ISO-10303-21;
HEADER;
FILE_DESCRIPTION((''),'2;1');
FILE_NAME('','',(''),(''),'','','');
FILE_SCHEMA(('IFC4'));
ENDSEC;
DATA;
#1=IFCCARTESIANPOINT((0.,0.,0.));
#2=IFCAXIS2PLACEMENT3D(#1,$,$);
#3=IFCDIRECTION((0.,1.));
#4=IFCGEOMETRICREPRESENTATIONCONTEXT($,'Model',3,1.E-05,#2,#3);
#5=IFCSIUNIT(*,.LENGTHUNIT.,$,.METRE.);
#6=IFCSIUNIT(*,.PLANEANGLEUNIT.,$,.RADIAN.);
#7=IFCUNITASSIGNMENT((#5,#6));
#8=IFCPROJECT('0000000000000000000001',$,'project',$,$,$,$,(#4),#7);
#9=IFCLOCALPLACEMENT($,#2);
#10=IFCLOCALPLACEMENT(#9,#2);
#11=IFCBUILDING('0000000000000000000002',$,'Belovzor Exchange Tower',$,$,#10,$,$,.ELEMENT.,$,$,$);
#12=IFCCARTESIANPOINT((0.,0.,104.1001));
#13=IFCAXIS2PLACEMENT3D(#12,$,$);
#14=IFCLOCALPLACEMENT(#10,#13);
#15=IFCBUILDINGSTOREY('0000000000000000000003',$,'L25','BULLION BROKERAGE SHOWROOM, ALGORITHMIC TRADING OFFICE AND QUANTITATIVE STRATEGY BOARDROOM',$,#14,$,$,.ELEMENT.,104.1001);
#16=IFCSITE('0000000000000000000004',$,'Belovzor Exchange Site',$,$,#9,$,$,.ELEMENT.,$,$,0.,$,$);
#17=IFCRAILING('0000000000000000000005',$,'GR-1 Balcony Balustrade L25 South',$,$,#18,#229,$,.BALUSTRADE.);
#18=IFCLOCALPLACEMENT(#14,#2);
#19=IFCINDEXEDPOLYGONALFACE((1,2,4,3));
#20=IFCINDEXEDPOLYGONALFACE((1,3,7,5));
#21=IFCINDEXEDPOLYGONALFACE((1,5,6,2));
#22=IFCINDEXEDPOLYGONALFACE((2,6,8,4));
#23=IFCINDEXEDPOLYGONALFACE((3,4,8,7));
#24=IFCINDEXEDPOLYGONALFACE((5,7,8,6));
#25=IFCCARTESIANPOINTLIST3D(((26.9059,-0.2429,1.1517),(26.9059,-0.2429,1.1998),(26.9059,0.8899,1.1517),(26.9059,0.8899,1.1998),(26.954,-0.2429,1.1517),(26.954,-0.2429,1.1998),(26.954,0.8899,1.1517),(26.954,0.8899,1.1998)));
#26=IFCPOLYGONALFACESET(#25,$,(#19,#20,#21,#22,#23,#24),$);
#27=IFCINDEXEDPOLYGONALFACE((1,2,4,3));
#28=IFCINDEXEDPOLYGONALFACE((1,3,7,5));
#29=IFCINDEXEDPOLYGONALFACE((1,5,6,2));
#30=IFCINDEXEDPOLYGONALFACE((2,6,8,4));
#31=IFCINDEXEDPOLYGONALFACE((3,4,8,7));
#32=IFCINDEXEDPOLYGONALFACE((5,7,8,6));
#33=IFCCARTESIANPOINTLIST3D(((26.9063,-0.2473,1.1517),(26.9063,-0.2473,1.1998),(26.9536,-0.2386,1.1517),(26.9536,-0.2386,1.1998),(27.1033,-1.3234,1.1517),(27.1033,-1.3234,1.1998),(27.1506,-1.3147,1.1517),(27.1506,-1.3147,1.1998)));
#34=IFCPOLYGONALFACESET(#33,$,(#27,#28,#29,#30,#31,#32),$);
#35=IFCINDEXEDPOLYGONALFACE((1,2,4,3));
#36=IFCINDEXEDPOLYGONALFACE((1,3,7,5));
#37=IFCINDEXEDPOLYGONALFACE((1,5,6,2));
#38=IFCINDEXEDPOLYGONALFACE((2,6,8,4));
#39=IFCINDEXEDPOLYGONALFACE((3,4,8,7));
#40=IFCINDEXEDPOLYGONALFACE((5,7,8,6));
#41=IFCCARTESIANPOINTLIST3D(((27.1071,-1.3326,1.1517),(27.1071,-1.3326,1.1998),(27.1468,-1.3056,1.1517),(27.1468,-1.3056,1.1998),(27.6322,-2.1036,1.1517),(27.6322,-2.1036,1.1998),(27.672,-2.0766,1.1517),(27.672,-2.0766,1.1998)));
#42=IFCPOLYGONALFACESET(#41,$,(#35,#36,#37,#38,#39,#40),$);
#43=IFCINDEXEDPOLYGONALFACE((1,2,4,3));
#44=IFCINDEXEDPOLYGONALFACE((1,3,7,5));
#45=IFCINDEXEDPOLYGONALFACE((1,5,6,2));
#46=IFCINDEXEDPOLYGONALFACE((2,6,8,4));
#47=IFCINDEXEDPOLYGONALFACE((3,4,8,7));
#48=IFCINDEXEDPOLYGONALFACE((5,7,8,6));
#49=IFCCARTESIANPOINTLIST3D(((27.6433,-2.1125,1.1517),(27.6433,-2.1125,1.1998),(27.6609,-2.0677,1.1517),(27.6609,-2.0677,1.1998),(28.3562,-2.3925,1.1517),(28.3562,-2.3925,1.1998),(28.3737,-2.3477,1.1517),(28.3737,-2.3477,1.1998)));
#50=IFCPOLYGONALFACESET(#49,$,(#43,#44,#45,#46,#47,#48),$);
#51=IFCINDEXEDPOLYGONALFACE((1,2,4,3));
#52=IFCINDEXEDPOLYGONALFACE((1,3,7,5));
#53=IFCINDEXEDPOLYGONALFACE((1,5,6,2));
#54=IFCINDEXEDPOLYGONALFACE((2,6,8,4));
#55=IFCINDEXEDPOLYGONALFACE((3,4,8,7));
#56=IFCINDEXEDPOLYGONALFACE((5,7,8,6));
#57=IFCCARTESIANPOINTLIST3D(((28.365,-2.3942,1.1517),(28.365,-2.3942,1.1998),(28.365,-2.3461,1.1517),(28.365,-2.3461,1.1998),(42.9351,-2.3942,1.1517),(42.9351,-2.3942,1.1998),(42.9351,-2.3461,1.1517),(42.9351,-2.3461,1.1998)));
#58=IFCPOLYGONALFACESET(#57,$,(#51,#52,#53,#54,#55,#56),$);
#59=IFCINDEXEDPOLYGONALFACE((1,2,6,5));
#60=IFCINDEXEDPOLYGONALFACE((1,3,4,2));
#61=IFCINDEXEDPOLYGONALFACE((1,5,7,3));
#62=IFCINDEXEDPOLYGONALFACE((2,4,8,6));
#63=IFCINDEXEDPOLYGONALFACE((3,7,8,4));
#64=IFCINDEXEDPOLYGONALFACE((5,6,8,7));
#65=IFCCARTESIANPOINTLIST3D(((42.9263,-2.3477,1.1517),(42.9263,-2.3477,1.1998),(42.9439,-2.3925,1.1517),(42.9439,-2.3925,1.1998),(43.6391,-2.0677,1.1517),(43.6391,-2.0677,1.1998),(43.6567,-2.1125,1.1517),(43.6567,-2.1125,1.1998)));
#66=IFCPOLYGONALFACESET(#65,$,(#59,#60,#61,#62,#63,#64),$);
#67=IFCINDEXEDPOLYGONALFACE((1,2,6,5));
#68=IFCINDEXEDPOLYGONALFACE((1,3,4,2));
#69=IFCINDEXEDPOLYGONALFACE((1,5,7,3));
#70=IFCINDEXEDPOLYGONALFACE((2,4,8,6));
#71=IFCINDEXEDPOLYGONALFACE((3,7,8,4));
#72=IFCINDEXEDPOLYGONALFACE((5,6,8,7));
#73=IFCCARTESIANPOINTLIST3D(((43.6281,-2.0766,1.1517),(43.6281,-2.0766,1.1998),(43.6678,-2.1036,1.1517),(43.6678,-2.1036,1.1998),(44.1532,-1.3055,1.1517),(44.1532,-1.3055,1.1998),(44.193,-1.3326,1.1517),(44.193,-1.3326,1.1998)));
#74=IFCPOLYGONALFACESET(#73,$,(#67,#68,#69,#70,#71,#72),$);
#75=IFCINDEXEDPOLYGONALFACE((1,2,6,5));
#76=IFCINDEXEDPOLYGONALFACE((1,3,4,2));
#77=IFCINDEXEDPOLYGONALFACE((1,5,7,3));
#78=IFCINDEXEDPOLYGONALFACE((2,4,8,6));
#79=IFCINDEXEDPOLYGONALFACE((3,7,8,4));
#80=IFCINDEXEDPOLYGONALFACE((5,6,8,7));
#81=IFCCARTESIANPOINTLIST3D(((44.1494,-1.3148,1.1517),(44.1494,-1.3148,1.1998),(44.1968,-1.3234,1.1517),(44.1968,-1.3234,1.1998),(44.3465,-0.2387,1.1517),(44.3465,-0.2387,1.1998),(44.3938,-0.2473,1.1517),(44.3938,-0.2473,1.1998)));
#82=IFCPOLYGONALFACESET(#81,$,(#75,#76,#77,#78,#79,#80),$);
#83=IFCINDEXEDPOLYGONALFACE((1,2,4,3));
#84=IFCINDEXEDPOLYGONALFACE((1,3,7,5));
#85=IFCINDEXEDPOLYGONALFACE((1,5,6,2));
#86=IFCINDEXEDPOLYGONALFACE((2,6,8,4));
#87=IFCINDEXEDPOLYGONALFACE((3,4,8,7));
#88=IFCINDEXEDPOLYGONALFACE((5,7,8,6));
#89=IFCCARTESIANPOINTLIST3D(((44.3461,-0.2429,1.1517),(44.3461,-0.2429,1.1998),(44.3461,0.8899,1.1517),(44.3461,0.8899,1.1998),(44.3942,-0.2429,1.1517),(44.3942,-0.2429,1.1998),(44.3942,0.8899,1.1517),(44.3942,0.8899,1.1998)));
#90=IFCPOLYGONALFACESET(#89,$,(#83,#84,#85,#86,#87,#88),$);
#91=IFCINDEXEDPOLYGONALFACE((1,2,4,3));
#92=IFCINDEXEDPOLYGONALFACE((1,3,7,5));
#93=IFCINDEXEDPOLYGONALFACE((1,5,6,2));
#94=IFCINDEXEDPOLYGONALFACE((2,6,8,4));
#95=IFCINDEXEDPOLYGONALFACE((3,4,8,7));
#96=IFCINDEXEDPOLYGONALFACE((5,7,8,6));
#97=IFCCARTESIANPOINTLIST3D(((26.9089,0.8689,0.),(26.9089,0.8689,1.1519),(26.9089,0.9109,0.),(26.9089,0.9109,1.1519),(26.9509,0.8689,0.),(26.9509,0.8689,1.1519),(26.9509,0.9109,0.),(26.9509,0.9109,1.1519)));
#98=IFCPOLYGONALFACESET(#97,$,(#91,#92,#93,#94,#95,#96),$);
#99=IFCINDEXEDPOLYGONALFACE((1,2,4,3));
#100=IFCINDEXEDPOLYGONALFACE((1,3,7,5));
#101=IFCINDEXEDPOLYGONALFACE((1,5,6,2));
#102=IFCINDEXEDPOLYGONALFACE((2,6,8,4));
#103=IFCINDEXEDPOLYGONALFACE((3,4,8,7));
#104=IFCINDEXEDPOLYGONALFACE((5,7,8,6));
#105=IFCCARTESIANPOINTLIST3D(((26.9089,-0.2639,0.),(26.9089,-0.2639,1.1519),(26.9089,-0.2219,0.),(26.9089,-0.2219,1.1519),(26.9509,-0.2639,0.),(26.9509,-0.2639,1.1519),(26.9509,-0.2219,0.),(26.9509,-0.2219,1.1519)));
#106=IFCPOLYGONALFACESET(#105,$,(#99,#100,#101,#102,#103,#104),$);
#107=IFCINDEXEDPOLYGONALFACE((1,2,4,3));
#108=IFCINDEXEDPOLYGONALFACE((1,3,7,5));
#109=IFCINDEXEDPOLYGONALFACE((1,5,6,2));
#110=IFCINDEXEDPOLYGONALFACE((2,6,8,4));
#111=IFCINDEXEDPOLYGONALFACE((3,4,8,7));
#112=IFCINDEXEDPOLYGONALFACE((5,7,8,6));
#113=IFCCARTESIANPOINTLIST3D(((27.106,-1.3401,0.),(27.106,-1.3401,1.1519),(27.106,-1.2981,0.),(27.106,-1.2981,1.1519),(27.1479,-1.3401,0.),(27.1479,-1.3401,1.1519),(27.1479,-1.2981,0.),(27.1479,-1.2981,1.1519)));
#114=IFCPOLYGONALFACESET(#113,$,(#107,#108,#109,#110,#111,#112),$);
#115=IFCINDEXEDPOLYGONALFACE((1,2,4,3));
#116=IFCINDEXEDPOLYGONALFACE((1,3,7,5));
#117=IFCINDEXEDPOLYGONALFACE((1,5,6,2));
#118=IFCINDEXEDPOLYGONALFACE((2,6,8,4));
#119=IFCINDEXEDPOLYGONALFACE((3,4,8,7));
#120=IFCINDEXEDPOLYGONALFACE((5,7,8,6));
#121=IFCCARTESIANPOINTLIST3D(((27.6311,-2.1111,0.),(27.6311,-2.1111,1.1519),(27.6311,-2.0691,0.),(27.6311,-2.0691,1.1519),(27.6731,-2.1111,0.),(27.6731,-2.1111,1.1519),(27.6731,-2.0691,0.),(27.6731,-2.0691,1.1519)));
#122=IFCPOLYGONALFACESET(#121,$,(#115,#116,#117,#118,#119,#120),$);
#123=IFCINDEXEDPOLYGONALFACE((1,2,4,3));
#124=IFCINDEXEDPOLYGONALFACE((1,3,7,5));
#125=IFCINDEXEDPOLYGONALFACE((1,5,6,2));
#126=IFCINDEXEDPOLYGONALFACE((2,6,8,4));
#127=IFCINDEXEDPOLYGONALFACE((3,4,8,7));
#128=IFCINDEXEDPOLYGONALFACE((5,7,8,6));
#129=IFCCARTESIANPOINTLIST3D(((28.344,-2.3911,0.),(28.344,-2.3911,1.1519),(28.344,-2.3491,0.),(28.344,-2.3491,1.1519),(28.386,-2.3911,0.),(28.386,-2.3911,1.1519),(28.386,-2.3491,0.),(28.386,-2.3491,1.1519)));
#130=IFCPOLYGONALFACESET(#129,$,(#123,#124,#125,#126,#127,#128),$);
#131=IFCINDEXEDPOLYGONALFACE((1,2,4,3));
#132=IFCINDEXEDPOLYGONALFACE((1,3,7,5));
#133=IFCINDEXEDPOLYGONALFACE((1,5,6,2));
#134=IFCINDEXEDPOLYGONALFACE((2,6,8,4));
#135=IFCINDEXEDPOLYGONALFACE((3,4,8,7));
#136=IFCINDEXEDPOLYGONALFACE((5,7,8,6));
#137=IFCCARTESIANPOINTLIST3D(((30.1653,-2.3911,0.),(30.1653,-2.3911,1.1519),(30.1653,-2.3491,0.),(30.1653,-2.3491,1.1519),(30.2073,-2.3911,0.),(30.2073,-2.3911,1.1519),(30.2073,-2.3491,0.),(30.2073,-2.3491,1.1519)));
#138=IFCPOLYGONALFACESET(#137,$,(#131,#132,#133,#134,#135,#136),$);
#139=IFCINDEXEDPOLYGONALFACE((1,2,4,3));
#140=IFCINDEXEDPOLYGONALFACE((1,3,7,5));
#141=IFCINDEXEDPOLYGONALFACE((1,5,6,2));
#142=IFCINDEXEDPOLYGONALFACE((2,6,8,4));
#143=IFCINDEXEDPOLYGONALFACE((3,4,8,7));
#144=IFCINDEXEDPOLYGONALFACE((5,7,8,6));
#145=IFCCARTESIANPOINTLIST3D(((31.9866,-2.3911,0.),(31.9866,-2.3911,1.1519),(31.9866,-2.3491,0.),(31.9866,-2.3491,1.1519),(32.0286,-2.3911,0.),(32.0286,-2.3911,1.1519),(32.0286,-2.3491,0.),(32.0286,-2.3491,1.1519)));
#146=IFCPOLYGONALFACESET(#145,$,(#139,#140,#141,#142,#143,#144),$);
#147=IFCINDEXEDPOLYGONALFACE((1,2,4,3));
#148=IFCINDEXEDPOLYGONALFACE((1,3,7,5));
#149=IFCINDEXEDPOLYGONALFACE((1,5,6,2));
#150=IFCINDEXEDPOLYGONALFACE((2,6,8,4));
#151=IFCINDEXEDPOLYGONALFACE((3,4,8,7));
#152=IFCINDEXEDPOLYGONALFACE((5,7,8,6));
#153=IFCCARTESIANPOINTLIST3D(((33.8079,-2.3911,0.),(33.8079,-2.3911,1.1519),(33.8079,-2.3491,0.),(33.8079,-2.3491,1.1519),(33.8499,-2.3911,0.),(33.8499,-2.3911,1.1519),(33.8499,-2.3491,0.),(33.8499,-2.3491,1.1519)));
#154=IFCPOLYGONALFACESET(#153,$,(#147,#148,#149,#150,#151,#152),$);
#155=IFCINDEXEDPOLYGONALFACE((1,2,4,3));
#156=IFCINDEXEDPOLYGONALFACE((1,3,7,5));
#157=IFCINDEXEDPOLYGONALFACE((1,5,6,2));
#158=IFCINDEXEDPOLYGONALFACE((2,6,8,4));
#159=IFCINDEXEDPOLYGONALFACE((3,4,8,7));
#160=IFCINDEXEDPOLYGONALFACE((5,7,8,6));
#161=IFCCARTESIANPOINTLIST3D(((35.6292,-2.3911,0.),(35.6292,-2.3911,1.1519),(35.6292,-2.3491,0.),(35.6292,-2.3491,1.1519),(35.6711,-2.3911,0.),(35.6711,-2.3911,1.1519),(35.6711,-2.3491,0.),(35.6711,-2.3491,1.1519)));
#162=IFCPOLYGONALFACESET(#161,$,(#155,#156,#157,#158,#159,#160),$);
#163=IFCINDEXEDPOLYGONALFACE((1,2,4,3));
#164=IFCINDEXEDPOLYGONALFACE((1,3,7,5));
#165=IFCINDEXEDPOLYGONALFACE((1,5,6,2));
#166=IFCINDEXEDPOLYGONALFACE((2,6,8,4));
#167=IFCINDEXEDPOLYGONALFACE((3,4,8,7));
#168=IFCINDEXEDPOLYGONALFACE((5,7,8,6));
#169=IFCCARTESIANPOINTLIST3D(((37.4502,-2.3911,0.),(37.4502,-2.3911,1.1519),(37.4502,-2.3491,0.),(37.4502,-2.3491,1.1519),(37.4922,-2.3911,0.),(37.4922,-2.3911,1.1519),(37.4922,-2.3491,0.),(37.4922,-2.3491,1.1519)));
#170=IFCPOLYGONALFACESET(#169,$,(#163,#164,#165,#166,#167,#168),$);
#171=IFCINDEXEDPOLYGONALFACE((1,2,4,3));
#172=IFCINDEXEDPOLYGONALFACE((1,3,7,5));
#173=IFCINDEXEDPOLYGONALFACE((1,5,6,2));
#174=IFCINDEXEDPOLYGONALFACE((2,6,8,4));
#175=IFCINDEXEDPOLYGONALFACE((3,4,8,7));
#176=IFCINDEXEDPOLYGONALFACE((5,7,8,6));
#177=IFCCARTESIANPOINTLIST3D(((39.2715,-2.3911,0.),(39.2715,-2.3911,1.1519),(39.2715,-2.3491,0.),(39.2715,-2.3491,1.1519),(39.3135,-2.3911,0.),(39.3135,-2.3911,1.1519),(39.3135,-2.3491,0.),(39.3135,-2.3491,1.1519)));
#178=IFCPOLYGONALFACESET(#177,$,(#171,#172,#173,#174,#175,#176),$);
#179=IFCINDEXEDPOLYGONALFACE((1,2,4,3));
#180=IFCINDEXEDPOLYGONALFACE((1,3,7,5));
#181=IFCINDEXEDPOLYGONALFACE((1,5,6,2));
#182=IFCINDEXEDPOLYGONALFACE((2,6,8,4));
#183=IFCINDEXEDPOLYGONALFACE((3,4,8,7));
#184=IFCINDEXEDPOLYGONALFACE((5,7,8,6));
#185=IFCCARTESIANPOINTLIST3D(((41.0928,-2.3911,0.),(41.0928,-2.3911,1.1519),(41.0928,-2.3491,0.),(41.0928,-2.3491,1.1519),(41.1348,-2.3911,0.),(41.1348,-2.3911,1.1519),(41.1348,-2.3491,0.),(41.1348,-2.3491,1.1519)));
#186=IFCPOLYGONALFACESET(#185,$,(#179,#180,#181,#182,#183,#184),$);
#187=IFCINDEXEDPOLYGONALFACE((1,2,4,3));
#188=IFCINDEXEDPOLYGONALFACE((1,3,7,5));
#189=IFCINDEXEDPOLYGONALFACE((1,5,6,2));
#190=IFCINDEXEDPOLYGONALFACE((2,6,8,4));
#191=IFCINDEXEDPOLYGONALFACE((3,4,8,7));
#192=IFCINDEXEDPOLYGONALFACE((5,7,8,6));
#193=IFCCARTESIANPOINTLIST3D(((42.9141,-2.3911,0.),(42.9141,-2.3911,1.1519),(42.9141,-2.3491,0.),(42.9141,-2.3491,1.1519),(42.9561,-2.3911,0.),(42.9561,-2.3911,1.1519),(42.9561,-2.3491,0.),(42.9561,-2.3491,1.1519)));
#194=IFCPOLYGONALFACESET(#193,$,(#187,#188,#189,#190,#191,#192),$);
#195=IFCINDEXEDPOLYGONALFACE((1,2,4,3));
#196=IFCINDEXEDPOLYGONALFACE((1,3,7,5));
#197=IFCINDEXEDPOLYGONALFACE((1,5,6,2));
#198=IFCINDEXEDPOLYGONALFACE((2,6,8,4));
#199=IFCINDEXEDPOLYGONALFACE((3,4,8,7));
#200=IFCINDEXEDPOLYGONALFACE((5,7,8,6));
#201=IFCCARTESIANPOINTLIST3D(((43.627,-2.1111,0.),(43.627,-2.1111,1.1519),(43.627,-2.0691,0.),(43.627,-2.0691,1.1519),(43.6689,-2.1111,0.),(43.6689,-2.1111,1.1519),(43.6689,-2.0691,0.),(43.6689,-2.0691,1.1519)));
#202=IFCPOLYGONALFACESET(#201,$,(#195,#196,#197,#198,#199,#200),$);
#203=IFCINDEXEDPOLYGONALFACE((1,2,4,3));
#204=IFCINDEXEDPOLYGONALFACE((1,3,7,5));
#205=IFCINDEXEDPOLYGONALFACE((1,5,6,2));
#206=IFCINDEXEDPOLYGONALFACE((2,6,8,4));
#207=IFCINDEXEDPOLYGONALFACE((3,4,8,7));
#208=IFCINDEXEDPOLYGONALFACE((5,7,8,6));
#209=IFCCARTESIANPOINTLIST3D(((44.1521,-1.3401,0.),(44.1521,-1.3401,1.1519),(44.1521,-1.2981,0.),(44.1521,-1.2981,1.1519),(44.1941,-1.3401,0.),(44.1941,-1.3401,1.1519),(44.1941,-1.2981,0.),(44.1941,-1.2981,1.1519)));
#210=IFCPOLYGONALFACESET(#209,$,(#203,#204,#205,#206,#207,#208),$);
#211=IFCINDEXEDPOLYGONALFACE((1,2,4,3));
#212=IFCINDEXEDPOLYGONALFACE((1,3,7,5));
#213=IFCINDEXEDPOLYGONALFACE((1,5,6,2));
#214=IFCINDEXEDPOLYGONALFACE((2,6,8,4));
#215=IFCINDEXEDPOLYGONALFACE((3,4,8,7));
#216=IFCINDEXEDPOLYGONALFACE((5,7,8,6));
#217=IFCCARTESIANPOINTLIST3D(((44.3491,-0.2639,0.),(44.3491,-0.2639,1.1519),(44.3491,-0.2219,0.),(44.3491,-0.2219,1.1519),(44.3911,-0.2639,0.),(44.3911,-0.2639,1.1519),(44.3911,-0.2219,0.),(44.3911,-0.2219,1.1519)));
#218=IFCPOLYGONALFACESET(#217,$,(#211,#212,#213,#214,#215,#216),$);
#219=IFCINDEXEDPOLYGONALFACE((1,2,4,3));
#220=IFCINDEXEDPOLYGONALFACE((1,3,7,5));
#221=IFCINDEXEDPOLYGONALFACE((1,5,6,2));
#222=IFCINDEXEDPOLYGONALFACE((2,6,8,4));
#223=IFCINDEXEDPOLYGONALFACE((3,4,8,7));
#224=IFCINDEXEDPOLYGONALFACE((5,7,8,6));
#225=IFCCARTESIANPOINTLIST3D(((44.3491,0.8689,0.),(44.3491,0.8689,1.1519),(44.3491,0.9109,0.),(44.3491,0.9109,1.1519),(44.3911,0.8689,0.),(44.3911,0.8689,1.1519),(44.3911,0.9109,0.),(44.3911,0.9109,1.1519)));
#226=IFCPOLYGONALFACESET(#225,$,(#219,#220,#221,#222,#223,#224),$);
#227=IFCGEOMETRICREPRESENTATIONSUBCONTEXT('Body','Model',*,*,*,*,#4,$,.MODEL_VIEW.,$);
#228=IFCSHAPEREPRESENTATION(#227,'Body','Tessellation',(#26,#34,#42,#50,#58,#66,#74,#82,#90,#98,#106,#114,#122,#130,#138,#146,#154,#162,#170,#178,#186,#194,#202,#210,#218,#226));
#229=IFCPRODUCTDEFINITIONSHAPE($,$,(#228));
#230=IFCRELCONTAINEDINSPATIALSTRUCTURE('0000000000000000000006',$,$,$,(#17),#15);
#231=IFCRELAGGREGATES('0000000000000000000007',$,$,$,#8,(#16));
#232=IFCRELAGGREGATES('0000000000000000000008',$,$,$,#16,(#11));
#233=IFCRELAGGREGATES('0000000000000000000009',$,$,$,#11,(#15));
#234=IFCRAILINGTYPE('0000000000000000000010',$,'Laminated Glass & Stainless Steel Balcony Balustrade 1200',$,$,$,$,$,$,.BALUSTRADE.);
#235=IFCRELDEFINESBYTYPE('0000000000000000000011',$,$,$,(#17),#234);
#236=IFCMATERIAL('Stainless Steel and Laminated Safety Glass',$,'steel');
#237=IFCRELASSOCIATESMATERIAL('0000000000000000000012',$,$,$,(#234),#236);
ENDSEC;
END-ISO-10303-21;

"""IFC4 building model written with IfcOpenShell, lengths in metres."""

from ifc_helpers import new_model, si_unit, direction, frame, origin, origin_2d, place, context, subcontext, project, spatial, rectangle, extrude, material, type_object, element, save


model = new_model("IFC4")

# Units and contexts
model_context = context("Model", 3, precision=1e-05, world=origin(), true_north=direction((0.0, 1.0)))
body_context = subcontext(model_context, "Body", "Model", "MODEL_VIEW")
ifc_project = project(units=[si_unit("LENGTHUNIT", "METRE"), si_unit("PLANEANGLEUNIT", "RADIAN")], contexts=[model_context])

# Site, building, storey
site_placement = place(None, origin())
site = spatial("IfcSite", under=ifc_project, at=site_placement, Name="Belovzor Exchange Site", CompositionType="ELEMENT", RefElevation=0.0)
building_placement = place(site_placement, origin())
building = spatial("IfcBuilding", under=site, at=building_placement, Name="Belovzor Exchange Tower", CompositionType="ELEMENT")
storey_placement = place(building_placement, frame((0.0, 0.0, 104.1001)))
storey = spatial("IfcBuildingStorey", under=building, at=storey_placement, Name="L25", Description="BULLION BROKERAGE SHOWROOM, ALGORITHMIC TRADING OFFICE AND QUANTITATIVE STRATEGY BOARDROOM", CompositionType="ELEMENT", Elevation=104.1001)

# Railing
ifc_material_1 = material(Name="Stainless Steel and Laminated Safety Glass", Category="steel")
railing_type = type_object("IfcRailingType", Name="Laminated Glass & Stainless Steel Balcony Balustrade 1200", PredefinedType="BALUSTRADE", material=ifc_material_1)
railing_placement = place(storey_placement, frame((26.9299, 0.8899, 0.0)))
element("IfcRailing", 1, at=railing_placement, inside=storey, type_object=railing_type, Name="GR-1 Balcony Balustrade L25 South", PredefinedType="BALUSTRADE", context=body_context, shape_type="SweptSolid", body=[
    extrude(rectangle(XDim=0.0481, YDim=0.0481, at=origin_2d()), frame((0.0, 0.0, 1.1758), z_axis=(0.0, -1.0, 0.0), x_axis=(1.0, 0.0, 0.0)), (0.0, 0.0, 1.0), 1.1328),
    extrude(rectangle(XDim=0.0481, YDim=0.0481, at=origin_2d()), frame((0.0, -1.1328, 1.1758), z_axis=(0.180083, -0.983651, 0.0), x_axis=(0.983651, 0.180083, 0.0)), (0.0, 0.0, 1.0), 1.094),
    extrude(rectangle(XDim=0.0481, YDim=0.0481, at=origin_2d()), frame((0.197, -2.209, 1.1758), z_axis=(0.562947, -0.826493, 0.0), x_axis=(0.826493, 0.562947, 0.0)), (0.0, 0.0, 1.0), 0.9329),
    extrude(rectangle(XDim=0.0481, YDim=0.0481, at=origin_2d()), frame((0.7222, -2.98, 1.1758), z_axis=(0.930767, -0.365613, 0.0), x_axis=(0.365613, 0.930767, 0.0)), (0.0, 0.0, 1.0), 0.7659),
    extrude(rectangle(XDim=0.0481, YDim=0.0481, at=origin_2d()), frame((1.4351, -3.26, 1.1758), z_axis=(1.0, 0.0, 0.0), x_axis=(0.0, 1.0, 0.0)), (0.0, 0.0, 1.0), 14.5701),
    extrude(rectangle(XDim=0.0481, YDim=0.0481, at=origin_2d()), frame((16.0051, -3.26, 1.1758), z_axis=(0.930767, 0.365613, 0.0), x_axis=(-0.365613, 0.930767, 0.0)), (0.0, 0.0, 1.0), 0.7659),
    extrude(rectangle(XDim=0.0481, YDim=0.0481, at=origin_2d()), frame((16.718, -2.98, 1.1758), z_axis=(0.562947, 0.826493, 0.0), x_axis=(-0.826493, 0.562947, 0.0)), (0.0, 0.0, 1.0), 0.9329),
    extrude(rectangle(XDim=0.0481, YDim=0.0481, at=origin_2d()), frame((17.2432, -2.209, 1.1758), z_axis=(0.180083, 0.983651, 0.0), x_axis=(-0.983651, 0.180083, 0.0)), (0.0, 0.0, 1.0), 1.094),
    extrude(rectangle(XDim=0.0481, YDim=0.0481, at=origin_2d()), frame((17.4402, -1.1328, 1.1758), z_axis=(0.0, 1.0, 0.0), x_axis=(-1.0, 0.0, 0.0)), (0.0, 0.0, 1.0), 1.1328),
    extrude(rectangle(XDim=0.042, YDim=0.042, at=origin_2d()), origin(), (0.0, 0.0, 1.0), 1.1519),
    extrude(rectangle(XDim=0.042, YDim=0.042, at=origin_2d()), frame((0.0, -1.1328, 0.0)), (0.0, 0.0, 1.0), 1.1519),
    extrude(rectangle(XDim=0.042, YDim=0.042, at=origin_2d()), frame((0.197, -2.209, 0.0)), (0.0, 0.0, 1.0), 1.1519),
    extrude(rectangle(XDim=0.042, YDim=0.042, at=origin_2d()), frame((0.7222, -2.98, 0.0)), (0.0, 0.0, 1.0), 1.1519),
    extrude(rectangle(XDim=0.042, YDim=0.042, at=origin_2d()), frame((1.4351, -3.26, 0.0)), (0.0, 0.0, 1.0), 1.1519),
    extrude(rectangle(XDim=0.042, YDim=0.042, at=origin_2d()), frame((3.2563, -3.26, 0.0)), (0.0, 0.0, 1.0), 1.1519),
    extrude(rectangle(XDim=0.042, YDim=0.042, at=origin_2d()), frame((5.0776, -3.26, 0.0)), (0.0, 0.0, 1.0), 1.1519),
    extrude(rectangle(XDim=0.042, YDim=0.042, at=origin_2d()), frame((6.8989, -3.26, 0.0)), (0.0, 0.0, 1.0), 1.1519),
    extrude(rectangle(XDim=0.042, YDim=0.042, at=origin_2d()), frame((8.7202, -3.26, 0.0)), (0.0, 0.0, 1.0), 1.1519),
    extrude(rectangle(XDim=0.042, YDim=0.042, at=origin_2d()), frame((10.5413, -3.26, 0.0)), (0.0, 0.0, 1.0), 1.1519),
    extrude(rectangle(XDim=0.042, YDim=0.042, at=origin_2d()), frame((12.3625, -3.26, 0.0)), (0.0, 0.0, 1.0), 1.1519),
    extrude(rectangle(XDim=0.042, YDim=0.042, at=origin_2d()), frame((14.1838, -3.26, 0.0)), (0.0, 0.0, 1.0), 1.1519),
    extrude(rectangle(XDim=0.042, YDim=0.042, at=origin_2d()), frame((16.0051, -3.26, 0.0)), (0.0, 0.0, 1.0), 1.1519),
    extrude(rectangle(XDim=0.042, YDim=0.042, at=origin_2d()), frame((16.718, -2.98, 0.0)), (0.0, 0.0, 1.0), 1.1519),
    extrude(rectangle(XDim=0.042, YDim=0.042, at=origin_2d()), frame((17.2432, -2.209, 0.0)), (0.0, 0.0, 1.0), 1.1519),
    extrude(rectangle(XDim=0.042, YDim=0.042, at=origin_2d()), frame((17.4402, -1.1328, 0.0)), (0.0, 0.0, 1.0), 1.1519),
    extrude(rectangle(XDim=0.042, YDim=0.042, at=origin_2d()), frame((17.4402, 0.0, 0.0)), (0.0, 0.0, 1.0), 1.1519),
])

save(model, "model.ifc")
